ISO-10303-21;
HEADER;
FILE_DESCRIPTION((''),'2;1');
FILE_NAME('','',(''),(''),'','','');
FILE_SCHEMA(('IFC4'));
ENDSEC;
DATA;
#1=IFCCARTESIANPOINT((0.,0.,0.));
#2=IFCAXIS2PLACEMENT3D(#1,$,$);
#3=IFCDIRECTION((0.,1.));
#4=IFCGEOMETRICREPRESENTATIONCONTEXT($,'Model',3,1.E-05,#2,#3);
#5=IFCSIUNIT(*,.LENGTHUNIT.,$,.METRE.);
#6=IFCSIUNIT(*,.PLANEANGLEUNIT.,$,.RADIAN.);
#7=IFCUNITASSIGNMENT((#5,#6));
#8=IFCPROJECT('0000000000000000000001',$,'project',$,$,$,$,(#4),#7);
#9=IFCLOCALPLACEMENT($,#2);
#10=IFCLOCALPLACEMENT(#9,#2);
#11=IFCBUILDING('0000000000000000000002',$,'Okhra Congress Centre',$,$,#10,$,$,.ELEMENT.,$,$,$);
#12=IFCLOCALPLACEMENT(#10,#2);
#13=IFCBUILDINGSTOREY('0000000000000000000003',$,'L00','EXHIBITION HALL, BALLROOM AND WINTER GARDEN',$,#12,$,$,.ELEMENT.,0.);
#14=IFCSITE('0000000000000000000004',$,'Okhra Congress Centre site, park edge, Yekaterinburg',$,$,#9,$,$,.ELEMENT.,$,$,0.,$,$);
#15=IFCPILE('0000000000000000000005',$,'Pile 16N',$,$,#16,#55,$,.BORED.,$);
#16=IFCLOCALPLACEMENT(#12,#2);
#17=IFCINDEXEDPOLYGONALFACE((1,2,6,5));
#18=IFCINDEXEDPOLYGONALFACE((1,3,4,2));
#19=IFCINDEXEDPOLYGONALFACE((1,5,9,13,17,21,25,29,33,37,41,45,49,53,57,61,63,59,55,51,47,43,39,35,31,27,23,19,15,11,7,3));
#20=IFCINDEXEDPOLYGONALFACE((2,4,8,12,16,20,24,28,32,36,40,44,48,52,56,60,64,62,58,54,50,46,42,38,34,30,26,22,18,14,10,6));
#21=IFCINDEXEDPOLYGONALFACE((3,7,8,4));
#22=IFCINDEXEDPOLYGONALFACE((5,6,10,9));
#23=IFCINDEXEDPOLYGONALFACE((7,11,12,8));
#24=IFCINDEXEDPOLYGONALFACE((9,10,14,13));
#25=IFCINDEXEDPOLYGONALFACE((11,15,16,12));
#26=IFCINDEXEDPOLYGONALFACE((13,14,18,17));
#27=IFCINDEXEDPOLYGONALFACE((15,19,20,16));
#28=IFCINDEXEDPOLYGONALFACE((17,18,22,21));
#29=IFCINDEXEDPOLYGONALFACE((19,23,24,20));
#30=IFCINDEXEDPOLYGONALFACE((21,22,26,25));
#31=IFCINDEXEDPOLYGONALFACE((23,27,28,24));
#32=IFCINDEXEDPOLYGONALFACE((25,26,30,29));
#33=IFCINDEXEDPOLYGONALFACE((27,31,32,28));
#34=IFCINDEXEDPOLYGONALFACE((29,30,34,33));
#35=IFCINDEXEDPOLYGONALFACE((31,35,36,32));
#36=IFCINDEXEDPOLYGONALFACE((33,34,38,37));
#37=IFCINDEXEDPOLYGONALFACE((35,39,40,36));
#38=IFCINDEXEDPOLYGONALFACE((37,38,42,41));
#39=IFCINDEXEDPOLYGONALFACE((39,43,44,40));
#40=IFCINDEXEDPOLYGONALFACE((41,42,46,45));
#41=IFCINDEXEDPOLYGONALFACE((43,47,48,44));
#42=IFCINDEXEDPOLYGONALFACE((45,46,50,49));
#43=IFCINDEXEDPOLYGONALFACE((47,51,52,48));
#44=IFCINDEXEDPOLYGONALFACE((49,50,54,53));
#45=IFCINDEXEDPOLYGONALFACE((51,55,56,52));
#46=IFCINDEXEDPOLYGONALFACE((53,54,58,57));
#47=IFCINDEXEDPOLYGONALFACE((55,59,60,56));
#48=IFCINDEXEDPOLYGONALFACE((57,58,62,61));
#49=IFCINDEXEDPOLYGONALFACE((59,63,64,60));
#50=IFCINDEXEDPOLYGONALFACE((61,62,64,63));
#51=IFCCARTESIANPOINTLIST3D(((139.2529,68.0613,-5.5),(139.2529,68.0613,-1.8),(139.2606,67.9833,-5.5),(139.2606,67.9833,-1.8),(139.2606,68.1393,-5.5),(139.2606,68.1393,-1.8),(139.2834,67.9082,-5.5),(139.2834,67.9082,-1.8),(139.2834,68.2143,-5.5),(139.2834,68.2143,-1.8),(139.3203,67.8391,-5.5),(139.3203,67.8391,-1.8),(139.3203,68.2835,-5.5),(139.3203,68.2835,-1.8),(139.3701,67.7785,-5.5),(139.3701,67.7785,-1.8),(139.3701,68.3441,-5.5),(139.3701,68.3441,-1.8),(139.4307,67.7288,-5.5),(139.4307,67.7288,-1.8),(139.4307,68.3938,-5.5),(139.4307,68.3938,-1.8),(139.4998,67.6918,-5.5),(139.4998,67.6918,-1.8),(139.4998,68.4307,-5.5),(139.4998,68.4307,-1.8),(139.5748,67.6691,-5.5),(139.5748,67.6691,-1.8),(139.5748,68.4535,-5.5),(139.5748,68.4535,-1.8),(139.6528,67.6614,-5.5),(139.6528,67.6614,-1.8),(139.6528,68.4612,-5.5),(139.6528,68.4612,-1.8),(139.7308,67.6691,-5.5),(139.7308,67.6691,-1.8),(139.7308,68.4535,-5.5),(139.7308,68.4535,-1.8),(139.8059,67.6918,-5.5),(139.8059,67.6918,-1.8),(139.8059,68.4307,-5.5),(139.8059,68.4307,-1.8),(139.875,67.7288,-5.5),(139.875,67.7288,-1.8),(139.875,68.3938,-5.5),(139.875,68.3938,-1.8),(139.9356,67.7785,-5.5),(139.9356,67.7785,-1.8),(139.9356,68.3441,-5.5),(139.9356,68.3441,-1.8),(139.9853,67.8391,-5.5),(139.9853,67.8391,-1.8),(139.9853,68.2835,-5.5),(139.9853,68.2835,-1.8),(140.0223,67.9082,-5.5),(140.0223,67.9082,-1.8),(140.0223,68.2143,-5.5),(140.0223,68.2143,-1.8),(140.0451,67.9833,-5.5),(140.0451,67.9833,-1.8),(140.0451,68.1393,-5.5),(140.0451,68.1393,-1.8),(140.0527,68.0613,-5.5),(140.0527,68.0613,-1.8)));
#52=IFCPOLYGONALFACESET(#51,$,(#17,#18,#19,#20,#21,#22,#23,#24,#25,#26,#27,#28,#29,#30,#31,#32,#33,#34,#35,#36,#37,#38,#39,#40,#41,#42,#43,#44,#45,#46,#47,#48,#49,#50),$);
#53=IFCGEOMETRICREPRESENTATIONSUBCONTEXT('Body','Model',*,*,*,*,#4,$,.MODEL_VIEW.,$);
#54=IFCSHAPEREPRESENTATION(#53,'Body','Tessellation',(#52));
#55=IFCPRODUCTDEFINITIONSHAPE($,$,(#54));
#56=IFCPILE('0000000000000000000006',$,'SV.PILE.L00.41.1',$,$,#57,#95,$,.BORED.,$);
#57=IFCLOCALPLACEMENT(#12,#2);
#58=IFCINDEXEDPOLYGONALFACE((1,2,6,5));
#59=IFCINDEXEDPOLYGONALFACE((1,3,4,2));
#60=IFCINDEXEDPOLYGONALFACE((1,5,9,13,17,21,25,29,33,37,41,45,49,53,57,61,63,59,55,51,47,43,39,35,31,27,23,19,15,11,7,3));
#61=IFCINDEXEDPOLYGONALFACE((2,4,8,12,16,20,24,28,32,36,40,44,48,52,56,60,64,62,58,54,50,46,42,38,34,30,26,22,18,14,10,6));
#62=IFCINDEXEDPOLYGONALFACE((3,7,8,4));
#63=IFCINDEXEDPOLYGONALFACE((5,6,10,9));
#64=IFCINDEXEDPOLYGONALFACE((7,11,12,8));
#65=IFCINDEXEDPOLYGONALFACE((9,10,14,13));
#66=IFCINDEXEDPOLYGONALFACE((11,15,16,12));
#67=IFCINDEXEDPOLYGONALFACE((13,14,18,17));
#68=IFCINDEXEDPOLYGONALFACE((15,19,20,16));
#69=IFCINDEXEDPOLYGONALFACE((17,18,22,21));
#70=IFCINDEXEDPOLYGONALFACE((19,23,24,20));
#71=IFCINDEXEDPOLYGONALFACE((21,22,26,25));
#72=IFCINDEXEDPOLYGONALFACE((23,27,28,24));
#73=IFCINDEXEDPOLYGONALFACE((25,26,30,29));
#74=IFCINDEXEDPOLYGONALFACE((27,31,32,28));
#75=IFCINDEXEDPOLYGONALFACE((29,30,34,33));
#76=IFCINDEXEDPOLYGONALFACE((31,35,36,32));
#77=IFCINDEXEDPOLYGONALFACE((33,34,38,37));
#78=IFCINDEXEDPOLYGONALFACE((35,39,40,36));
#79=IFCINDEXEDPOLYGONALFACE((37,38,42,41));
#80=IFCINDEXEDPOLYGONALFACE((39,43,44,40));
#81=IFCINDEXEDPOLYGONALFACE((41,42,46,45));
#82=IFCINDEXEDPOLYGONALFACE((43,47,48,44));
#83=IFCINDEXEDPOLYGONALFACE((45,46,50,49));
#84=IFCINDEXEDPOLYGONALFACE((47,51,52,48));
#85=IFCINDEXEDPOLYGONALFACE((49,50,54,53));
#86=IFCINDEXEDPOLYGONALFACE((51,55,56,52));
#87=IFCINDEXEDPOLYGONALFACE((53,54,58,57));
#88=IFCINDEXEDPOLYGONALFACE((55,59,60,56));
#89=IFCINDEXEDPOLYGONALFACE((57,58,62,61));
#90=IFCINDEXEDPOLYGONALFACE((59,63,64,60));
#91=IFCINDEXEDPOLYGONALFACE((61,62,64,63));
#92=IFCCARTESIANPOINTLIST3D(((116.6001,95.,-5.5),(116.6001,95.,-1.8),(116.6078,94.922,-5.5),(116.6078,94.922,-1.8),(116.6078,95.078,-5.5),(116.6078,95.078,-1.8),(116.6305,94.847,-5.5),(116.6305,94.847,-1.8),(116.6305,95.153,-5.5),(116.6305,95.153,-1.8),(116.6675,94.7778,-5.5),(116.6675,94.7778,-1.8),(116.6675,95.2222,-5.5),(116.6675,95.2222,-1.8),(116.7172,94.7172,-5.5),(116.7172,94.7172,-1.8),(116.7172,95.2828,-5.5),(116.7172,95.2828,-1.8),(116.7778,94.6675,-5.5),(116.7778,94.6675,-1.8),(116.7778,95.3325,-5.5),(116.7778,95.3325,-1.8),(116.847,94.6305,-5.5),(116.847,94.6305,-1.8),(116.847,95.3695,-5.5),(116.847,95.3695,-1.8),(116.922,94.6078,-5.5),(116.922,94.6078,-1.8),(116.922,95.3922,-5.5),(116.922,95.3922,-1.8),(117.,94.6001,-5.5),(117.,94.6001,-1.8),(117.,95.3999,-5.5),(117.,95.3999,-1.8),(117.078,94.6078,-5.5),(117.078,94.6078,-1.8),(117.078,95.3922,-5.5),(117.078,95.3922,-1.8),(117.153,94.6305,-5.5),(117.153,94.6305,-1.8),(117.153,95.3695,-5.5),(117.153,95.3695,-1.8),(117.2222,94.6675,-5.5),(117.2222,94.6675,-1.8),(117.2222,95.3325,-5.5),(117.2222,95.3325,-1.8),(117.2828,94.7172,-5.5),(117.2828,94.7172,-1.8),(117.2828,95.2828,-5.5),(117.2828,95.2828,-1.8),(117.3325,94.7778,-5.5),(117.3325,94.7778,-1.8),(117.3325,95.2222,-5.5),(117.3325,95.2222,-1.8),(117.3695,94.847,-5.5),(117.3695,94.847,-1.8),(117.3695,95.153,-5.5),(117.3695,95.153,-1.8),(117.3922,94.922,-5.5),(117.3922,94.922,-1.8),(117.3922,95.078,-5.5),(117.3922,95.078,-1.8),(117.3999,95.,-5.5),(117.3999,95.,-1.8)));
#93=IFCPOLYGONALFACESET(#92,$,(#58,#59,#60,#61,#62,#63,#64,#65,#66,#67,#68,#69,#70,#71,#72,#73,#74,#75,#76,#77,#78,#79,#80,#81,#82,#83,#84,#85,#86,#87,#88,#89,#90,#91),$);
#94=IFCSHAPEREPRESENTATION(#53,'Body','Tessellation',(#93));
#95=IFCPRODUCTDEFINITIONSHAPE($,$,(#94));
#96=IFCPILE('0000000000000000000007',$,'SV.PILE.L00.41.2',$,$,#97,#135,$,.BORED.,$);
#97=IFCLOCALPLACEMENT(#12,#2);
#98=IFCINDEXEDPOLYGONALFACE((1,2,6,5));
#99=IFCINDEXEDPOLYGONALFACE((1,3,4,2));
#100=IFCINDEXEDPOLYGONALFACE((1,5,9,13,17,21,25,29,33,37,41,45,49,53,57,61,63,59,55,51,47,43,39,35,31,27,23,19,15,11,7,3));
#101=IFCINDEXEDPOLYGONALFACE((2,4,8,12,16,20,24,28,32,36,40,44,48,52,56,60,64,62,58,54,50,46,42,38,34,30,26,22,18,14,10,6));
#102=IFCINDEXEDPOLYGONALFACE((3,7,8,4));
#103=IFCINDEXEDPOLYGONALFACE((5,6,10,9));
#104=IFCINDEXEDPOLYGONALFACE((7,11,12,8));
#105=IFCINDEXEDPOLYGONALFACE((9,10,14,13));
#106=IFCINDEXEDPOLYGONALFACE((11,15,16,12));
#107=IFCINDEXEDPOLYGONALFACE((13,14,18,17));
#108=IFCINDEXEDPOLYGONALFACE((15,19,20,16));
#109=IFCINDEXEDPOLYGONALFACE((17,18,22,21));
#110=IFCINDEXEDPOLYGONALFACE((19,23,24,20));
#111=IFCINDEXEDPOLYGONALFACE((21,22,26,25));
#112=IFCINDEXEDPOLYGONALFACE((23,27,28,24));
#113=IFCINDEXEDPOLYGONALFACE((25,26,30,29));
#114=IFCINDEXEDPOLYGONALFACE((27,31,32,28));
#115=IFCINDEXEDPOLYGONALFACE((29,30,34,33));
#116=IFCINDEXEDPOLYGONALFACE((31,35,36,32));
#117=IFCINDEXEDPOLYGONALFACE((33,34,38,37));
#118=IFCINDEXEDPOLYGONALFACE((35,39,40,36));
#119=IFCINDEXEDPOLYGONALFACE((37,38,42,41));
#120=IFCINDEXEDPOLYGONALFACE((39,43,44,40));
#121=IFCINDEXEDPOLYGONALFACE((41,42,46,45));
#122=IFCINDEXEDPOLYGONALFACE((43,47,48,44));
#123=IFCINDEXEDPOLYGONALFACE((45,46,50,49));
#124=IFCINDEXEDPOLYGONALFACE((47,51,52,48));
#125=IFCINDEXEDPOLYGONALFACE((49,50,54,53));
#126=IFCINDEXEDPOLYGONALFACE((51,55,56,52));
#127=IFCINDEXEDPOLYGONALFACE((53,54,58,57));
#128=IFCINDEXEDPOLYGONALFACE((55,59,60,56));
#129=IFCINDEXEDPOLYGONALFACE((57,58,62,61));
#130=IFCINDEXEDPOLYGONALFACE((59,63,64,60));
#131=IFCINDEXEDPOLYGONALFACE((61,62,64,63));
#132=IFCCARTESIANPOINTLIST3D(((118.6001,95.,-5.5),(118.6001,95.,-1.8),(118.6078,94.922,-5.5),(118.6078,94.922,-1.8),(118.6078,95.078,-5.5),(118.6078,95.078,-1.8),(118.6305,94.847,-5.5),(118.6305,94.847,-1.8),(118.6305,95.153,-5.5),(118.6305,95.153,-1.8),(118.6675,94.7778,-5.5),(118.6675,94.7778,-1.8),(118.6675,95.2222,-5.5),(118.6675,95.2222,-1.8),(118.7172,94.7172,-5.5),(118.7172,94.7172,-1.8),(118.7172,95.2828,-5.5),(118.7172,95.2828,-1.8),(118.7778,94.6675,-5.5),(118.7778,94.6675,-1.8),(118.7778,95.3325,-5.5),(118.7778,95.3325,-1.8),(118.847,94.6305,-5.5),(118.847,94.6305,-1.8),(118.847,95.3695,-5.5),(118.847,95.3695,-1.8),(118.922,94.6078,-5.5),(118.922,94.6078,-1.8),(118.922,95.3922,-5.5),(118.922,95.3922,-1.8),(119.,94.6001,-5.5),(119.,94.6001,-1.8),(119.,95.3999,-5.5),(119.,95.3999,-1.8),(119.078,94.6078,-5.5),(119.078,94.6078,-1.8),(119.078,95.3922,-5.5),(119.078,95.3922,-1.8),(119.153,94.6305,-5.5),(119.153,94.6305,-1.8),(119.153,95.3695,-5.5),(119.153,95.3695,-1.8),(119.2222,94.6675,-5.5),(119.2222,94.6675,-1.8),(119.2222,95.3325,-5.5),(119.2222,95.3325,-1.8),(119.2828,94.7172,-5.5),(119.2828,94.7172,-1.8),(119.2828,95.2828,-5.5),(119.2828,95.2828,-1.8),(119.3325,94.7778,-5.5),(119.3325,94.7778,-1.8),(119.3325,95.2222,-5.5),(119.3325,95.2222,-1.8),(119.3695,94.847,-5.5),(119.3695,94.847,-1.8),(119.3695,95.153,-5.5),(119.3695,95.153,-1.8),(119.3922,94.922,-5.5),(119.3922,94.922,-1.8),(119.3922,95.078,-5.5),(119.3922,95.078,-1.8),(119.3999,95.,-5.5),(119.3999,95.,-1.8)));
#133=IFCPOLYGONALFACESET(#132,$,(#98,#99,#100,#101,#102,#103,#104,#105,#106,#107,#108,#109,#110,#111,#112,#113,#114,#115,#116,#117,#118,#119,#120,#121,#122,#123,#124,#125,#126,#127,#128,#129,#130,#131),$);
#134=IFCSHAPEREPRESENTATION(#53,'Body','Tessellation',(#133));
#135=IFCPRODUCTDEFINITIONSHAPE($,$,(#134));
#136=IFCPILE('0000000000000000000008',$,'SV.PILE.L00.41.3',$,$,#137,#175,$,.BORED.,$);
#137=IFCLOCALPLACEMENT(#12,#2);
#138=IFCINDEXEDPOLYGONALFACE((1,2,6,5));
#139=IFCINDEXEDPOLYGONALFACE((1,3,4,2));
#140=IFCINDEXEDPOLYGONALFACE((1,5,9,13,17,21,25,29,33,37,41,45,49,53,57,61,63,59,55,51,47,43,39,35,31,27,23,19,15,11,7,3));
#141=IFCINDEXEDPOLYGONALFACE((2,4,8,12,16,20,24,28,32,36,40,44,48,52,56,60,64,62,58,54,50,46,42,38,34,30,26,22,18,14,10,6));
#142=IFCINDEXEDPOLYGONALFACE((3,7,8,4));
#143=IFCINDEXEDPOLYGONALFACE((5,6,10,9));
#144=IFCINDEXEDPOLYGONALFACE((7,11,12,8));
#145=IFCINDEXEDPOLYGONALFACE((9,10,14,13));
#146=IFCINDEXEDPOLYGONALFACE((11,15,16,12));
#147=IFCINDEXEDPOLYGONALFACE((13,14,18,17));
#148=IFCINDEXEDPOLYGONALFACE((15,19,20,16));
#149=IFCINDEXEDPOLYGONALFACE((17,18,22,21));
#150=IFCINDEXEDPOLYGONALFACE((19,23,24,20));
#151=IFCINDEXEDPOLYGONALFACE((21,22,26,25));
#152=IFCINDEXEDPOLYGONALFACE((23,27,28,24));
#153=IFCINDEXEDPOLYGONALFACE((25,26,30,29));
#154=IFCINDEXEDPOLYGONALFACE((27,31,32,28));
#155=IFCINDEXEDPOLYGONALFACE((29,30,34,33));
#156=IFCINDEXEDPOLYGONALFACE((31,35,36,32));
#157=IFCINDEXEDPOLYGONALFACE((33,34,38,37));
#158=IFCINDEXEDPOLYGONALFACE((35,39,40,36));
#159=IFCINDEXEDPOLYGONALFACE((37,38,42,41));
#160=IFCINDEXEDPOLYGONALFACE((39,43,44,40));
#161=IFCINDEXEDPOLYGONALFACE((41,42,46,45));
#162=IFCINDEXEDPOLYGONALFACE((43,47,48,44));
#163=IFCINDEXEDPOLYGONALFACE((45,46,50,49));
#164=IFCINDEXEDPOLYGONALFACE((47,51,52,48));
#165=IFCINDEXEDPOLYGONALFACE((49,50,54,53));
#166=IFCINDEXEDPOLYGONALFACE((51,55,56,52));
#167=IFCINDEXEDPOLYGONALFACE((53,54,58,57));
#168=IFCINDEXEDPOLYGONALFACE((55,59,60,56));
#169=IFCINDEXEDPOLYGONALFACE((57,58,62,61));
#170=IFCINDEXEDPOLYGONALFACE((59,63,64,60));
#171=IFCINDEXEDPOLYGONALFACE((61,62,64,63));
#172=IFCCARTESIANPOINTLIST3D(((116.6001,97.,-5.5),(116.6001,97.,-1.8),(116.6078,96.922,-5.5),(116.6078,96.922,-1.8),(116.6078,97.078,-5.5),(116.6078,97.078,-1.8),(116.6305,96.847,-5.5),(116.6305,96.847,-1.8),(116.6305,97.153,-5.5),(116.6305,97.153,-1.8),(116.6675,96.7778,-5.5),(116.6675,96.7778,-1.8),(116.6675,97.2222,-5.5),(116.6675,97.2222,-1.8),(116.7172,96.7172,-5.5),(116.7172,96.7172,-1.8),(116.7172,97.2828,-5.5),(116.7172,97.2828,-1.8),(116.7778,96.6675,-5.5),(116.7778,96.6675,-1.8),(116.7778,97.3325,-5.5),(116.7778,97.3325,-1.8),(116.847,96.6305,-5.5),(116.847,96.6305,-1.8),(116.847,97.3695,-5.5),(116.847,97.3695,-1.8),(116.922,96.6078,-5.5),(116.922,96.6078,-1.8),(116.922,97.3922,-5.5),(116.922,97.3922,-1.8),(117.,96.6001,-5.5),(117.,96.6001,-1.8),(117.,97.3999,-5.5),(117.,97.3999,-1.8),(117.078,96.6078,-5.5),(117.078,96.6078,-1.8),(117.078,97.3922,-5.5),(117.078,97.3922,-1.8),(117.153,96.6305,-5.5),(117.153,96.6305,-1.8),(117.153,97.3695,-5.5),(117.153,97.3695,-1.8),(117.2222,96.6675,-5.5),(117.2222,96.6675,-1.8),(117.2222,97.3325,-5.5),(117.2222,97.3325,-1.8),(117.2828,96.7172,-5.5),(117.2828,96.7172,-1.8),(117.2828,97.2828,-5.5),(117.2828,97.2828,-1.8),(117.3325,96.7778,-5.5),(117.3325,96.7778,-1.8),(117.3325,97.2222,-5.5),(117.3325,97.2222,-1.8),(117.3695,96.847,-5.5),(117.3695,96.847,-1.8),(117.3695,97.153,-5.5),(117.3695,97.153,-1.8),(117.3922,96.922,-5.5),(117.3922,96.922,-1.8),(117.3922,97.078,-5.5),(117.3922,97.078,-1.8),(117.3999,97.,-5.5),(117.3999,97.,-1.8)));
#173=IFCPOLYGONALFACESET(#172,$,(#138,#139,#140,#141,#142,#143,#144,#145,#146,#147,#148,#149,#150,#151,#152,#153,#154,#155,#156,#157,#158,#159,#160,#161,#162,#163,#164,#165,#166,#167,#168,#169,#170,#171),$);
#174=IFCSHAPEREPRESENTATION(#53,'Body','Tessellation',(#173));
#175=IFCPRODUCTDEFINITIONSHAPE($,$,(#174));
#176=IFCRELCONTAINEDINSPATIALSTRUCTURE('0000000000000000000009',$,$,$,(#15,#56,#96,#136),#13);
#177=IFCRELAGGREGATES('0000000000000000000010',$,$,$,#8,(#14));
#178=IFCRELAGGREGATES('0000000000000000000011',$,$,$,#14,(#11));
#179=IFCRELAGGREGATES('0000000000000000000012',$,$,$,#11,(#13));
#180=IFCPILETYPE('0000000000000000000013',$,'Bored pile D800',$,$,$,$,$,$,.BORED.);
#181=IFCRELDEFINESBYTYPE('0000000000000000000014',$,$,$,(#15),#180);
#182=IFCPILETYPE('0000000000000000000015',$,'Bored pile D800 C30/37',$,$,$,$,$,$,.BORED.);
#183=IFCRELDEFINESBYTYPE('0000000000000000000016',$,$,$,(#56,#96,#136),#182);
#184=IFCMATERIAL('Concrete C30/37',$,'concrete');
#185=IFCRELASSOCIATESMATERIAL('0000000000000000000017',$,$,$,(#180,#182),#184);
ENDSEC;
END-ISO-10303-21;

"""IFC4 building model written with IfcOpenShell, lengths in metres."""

from ifc_helpers import new_model, si_unit, direction, frame, origin, origin_2d, place, context, subcontext, project, spatial, circle, extrude, material, material_profile, profile_set, type_object, element, save


model = new_model("IFC4")

# Units and contexts
model_context = context("Model", 3, precision=1e-05, world=origin(), true_north=direction((0.0, 1.0)))
body_context = subcontext(model_context, "Body", "Model", "MODEL_VIEW")
ifc_project = project(units=[si_unit("LENGTHUNIT", "METRE"), si_unit("PLANEANGLEUNIT", "RADIAN")], contexts=[model_context])

# Site, building, storey
site_placement = place(None, origin())
site = spatial("IfcSite", under=ifc_project, at=site_placement, Name="Okhra Congress Centre site, park edge, Yekaterinburg", CompositionType="ELEMENT", RefElevation=0.0)
building_placement = place(site_placement, origin())
building = spatial("IfcBuilding", under=site, at=building_placement, Name="Okhra Congress Centre", CompositionType="ELEMENT")
storey_placement = place(building_placement, origin())
storey = spatial("IfcBuildingStorey", under=building, at=storey_placement, Name="L00", Description="EXHIBITION HALL, BALLROOM AND WINTER GARDEN", CompositionType="ELEMENT", Elevation=0.0)

# Piles
ifc_material_1 = material(Name="Concrete C30/37", Category="concrete")
ifc_material_profile_1 = material_profile(ifc_material_1, circle(Radius=0.3999, at=origin_2d()), Name="D800")
ifc_profile_set_1 = profile_set([ifc_material_profile_1], Name="Concrete C30/37")
pile_type_1 = type_object("IfcPileType", Name="Bored pile D800", PredefinedType="BORED", material=ifc_profile_set_1)
pile_placement = place(storey_placement, frame((139.6528, 68.0613, -1.8), z_axis=(0.0, 0.0, -1.0), x_axis=(1.0, 0.0, 0.0)))
element("IfcPile", 1, at=pile_placement, inside=storey, type_object=pile_type_1, Name="Pile 16N", PredefinedType="BORED", context=body_context, shape_type="SweptSolid", body=[
    extrude(circle(Radius=0.3999, at=origin_2d()), origin(), (0.0, 0.0, 1.0), 3.7),
])
ifc_material_profile_2 = material_profile(ifc_material_1, circle(Radius=0.3999, at=origin_2d()), Name="D800")
ifc_profile_set_2 = profile_set([ifc_material_profile_2], Name="Concrete C30/37")
pile_type_2 = type_object("IfcPileType", Name="Bored pile D800 C30/37", PredefinedType="BORED", material=ifc_profile_set_2)
for number, where, z_axis, x_axis, name in (
    (2, (117.0, 95.0, -1.8), (0.0, 0.0, -1.0), (1.0, 0.0, 0.0), "SV.PILE.L00.41.1"),
    (3, (119.0, 95.0, -1.8), (0.0, 0.0, -1.0), (1.0, 0.0, 0.0), "SV.PILE.L00.41.2"),
    (4, (117.0, 97.0, -1.8), (0.0, 0.0, -1.0), (1.0, 0.0, 0.0), "SV.PILE.L00.41.3"),
):
    element("IfcPile", number, at=place(storey_placement, frame(where, z_axis=z_axis, x_axis=x_axis)), inside=storey, type_object=pile_type_2, Name=name, PredefinedType="BORED", context=body_context, shape_type="SweptSolid", body=[
        extrude(circle(Radius=0.3999, at=origin_2d()), origin(), (0.0, 0.0, 1.0), 3.7),
    ])

save(model, "model.ifc")
